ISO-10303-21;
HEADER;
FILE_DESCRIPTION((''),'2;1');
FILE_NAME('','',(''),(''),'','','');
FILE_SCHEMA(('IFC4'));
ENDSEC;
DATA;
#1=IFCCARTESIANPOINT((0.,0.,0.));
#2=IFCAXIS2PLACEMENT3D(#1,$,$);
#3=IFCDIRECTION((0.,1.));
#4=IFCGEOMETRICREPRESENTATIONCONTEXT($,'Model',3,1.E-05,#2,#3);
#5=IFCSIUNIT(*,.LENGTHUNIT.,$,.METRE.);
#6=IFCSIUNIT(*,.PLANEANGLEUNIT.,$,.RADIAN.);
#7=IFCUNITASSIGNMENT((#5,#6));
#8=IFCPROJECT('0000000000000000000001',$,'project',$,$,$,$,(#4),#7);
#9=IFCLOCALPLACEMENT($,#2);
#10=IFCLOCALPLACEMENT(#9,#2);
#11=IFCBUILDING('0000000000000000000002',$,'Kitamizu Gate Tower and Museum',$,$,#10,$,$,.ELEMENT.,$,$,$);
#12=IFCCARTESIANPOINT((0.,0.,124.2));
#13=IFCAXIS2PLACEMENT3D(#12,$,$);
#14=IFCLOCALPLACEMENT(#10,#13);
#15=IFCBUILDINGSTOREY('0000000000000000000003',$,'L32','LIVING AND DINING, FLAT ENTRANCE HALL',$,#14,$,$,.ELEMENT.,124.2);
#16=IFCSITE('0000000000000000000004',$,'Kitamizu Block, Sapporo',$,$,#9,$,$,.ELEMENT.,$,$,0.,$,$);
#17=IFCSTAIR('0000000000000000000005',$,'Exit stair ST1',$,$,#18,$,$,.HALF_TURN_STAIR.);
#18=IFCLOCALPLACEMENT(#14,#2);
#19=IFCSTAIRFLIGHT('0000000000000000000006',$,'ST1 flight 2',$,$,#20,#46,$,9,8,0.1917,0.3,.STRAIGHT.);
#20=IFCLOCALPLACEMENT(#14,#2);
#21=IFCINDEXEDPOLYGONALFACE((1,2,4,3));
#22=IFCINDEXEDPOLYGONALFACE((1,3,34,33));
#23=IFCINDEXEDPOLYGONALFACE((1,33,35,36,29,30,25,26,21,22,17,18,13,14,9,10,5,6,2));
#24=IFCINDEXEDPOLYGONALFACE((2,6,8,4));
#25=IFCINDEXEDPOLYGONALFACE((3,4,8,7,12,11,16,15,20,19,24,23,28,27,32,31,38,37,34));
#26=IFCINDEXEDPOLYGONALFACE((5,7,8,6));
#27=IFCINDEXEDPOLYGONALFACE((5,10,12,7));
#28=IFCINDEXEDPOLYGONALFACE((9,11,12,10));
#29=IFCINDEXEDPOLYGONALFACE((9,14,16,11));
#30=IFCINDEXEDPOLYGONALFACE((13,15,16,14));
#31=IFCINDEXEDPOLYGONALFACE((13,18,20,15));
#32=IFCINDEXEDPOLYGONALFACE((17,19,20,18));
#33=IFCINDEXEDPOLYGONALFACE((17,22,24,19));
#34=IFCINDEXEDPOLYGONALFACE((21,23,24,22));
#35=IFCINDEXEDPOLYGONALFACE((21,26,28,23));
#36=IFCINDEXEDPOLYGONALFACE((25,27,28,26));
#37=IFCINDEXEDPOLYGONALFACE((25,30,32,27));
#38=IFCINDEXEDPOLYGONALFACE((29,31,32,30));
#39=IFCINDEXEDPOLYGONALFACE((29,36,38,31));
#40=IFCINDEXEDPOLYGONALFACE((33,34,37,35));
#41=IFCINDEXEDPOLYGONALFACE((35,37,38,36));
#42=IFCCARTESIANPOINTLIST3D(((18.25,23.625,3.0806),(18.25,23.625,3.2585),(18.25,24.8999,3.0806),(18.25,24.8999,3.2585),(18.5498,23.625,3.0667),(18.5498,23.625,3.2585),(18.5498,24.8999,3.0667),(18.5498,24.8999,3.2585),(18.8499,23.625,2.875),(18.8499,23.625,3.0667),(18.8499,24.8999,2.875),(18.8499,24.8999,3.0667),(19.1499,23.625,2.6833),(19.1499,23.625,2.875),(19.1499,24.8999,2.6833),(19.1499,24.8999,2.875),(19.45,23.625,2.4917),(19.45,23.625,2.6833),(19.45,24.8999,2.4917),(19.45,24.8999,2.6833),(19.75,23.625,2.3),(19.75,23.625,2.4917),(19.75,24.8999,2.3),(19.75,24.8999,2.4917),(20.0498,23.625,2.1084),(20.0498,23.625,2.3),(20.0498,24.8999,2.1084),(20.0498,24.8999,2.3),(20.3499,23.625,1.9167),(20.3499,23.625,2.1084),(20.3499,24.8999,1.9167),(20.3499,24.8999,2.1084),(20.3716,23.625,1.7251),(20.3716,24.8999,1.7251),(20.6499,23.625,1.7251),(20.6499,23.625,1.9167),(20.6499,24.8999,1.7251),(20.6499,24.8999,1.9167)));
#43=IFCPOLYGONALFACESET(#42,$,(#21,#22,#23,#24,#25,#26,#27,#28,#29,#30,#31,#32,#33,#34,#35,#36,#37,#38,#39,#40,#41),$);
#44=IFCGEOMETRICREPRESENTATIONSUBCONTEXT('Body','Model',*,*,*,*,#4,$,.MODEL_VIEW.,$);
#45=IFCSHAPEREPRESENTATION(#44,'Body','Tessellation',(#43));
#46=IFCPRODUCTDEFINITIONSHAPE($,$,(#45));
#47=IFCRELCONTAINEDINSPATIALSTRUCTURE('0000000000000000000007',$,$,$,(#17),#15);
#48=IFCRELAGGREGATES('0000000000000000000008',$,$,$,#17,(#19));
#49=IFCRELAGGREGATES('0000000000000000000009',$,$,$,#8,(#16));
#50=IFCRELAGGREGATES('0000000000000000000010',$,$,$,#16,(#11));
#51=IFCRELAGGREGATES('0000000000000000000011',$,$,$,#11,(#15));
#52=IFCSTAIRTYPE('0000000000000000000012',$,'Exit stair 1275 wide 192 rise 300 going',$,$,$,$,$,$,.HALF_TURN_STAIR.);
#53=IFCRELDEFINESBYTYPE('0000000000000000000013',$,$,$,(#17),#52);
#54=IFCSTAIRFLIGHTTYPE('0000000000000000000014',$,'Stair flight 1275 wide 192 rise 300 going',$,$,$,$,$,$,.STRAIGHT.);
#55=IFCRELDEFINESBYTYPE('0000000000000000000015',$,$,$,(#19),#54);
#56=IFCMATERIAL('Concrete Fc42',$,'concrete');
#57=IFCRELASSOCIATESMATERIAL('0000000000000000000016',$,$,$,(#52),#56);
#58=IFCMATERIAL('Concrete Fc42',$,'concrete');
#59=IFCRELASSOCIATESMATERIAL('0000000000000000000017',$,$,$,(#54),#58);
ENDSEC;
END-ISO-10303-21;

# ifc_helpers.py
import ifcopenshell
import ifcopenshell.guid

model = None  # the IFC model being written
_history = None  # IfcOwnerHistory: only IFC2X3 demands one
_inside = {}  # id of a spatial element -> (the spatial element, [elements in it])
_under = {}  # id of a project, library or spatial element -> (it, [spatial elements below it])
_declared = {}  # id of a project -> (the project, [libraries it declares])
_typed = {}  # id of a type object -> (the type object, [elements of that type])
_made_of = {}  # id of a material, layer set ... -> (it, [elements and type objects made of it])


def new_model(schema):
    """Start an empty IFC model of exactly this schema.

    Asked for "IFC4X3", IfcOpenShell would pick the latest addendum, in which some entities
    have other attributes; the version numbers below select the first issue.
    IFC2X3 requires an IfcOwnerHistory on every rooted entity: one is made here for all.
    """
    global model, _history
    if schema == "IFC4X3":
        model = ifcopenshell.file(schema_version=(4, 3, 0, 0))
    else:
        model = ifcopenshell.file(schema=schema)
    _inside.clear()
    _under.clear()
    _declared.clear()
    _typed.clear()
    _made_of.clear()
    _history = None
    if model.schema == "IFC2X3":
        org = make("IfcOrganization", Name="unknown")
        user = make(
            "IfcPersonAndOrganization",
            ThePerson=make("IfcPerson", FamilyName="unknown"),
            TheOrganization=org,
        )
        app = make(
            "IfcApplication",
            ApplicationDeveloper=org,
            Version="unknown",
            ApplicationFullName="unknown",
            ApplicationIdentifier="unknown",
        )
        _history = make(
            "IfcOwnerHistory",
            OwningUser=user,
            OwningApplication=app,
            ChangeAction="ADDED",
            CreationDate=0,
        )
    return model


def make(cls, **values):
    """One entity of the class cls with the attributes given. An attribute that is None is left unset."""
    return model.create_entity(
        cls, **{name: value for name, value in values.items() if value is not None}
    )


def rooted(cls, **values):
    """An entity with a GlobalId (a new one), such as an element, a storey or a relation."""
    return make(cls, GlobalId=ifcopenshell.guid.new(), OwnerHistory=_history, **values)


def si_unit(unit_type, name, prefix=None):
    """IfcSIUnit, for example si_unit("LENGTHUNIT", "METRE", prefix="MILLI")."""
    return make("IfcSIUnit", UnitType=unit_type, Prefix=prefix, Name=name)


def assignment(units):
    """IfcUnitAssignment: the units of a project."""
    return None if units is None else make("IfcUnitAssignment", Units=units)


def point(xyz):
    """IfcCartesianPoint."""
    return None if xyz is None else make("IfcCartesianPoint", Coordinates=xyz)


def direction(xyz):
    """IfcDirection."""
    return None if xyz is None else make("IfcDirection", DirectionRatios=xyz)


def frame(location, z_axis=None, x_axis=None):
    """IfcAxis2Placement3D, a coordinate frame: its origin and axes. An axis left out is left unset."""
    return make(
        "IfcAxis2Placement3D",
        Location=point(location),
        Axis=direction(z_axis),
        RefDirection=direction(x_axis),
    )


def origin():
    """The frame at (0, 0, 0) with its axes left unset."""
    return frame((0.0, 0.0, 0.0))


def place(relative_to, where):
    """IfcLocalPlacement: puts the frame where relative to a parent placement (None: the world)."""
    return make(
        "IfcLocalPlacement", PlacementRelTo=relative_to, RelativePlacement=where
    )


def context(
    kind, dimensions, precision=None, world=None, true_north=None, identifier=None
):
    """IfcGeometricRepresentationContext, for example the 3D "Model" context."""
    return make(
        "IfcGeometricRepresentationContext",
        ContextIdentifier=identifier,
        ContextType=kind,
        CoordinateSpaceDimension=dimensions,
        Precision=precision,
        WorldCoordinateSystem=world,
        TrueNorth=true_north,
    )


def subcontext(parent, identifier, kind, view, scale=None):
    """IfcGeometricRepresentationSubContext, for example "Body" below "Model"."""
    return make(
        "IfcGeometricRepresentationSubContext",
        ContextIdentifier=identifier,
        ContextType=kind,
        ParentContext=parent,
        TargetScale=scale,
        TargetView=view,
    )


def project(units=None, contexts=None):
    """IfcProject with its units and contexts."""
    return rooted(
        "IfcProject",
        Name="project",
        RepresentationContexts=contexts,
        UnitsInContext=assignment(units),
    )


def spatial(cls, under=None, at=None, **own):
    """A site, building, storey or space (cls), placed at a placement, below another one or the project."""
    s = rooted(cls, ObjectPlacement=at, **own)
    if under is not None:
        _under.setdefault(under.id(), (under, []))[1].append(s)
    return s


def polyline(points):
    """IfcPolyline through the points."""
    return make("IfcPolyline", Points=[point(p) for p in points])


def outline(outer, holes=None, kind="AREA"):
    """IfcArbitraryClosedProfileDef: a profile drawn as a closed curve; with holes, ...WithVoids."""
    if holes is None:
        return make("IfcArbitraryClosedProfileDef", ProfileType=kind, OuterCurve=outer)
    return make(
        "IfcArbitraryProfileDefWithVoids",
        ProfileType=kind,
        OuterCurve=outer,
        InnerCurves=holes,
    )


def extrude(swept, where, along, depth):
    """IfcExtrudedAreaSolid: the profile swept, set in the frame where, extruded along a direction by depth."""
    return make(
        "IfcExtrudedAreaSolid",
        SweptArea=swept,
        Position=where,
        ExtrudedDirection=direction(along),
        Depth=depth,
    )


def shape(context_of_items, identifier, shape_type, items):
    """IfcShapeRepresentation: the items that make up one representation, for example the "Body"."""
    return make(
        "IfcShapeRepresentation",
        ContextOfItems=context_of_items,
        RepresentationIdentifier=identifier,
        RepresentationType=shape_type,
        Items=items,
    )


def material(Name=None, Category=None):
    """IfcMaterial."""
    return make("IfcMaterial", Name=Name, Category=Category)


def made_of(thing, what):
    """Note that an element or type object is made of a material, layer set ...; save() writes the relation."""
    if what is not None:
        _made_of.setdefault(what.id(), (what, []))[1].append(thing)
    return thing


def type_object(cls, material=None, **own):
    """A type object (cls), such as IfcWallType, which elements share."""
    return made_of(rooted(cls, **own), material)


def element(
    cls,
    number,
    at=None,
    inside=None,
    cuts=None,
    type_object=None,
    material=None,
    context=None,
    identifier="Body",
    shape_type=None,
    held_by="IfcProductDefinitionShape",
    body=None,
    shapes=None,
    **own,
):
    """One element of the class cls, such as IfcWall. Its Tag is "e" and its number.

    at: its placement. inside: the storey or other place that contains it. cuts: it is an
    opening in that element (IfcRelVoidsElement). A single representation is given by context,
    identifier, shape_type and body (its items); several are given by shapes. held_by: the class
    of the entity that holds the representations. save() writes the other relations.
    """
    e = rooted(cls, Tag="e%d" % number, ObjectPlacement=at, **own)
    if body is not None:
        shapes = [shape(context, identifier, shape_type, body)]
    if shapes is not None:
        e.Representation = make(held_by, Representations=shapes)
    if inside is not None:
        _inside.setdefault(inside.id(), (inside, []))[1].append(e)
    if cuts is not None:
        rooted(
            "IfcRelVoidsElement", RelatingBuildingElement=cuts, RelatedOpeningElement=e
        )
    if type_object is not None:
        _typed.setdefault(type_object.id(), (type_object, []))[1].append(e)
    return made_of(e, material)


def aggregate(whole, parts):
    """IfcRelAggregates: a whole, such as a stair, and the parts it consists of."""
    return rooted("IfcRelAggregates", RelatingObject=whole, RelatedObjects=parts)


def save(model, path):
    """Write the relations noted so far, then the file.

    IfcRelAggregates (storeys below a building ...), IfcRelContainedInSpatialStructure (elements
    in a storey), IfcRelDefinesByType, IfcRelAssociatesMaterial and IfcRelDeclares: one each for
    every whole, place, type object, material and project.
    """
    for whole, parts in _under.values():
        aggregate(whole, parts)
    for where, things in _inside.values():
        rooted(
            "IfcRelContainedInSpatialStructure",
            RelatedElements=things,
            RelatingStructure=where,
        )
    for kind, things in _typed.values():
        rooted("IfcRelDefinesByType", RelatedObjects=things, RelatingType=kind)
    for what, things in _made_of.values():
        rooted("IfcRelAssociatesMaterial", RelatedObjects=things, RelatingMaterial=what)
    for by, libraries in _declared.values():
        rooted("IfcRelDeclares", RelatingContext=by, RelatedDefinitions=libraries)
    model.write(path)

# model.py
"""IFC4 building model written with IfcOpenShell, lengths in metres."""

from ifc_helpers import new_model, si_unit, direction, frame, origin, place, context, subcontext, project, spatial, polyline, outline, extrude, material, type_object, element, aggregate, save


model = new_model("IFC4")

# Units and contexts
model_context = context("Model", 3, precision=1e-05, world=origin(), true_north=direction((0.0, 1.0)))
body_context = subcontext(model_context, "Body", "Model", "MODEL_VIEW")
ifc_project = project(units=[si_unit("LENGTHUNIT", "METRE"), si_unit("PLANEANGLEUNIT", "RADIAN")], contexts=[model_context])

# Site, building, storey
site_placement = place(None, origin())
site = spatial("IfcSite", under=ifc_project, at=site_placement, Name="Kitamizu Block, Sapporo", CompositionType="ELEMENT", RefElevation=0.0)
building_placement = place(site_placement, origin())
building = spatial("IfcBuilding", under=site, at=building_placement, Name="Kitamizu Gate Tower and Museum", CompositionType="ELEMENT")
storey_placement = place(building_placement, frame((0.0, 0.0, 124.2)))
storey = spatial("IfcBuildingStorey", under=building, at=storey_placement, Name="L32", Description="LIVING AND DINING, FLAT ENTRANCE HALL", CompositionType="ELEMENT", Elevation=124.2)

# Stair, stair flight
ifc_material_1 = material(Name="Concrete Fc42", Category="concrete")
stair_type = type_object("IfcStairType", Name="Exit stair 1275 wide 192 rise 300 going", PredefinedType="HALF_TURN_STAIR", material=ifc_material_1)
stair_placement = place(storey_placement, origin())
stair = element("IfcStair", 1, at=stair_placement, inside=storey, type_object=stair_type, Name="Exit stair ST1", PredefinedType="HALF_TURN_STAIR")
ifc_material_2 = material(Name="Concrete Fc42", Category="concrete")
stair_flight_type = type_object("IfcStairFlightType", Name="Stair flight 1275 wide 192 rise 300 going", PredefinedType="STRAIGHT", material=ifc_material_2)
stair_flight_1_placement = place(storey_placement, frame((20.6499, 24.2625, 1.7251), z_axis=(0.0, 0.0, 1.0), x_axis=(-1.0, 0.0, 0.0)))
stair_flight_1 = element("IfcStairFlight", 2, at=stair_flight_1_placement, type_object=stair_flight_type, Name="ST1 flight 2", NumberOfRisers=9, NumberOfTreads=8, PredefinedType="STRAIGHT", RiserHeight=0.1917, TreadLength=0.3, context=body_context, shape_type="SweptSolid", body=[
    extrude(outline(polyline([(0.0, 0.0), (0.0, 0.1917), (0.3, 0.1917), (0.3, 0.3833), (0.6001, 0.3833), (0.6001, 0.575), (0.8999, 0.575), (0.8999, 0.7666), (1.2, 0.7666), (1.2, 0.9583), (1.5, 0.9583), (1.5, 1.1499), (1.8, 1.1499), (1.8, 1.3416), (2.1001, 1.3416), (2.1001, 1.5334), (2.3999, 1.5334), (2.3999, 1.7251), (2.3999, 1.3555), (0.2783, 0.0), (0.0, 0.0)])), frame((0.0, 0.6375, 0.0), z_axis=(0.0, -1.0, 0.0), x_axis=(1.0, 0.0, 0.0)), (0.0, 0.0, 1.0), 1.2749),
])
aggregate(stair, [stair_flight_1])

save(model, "model.ifc")
